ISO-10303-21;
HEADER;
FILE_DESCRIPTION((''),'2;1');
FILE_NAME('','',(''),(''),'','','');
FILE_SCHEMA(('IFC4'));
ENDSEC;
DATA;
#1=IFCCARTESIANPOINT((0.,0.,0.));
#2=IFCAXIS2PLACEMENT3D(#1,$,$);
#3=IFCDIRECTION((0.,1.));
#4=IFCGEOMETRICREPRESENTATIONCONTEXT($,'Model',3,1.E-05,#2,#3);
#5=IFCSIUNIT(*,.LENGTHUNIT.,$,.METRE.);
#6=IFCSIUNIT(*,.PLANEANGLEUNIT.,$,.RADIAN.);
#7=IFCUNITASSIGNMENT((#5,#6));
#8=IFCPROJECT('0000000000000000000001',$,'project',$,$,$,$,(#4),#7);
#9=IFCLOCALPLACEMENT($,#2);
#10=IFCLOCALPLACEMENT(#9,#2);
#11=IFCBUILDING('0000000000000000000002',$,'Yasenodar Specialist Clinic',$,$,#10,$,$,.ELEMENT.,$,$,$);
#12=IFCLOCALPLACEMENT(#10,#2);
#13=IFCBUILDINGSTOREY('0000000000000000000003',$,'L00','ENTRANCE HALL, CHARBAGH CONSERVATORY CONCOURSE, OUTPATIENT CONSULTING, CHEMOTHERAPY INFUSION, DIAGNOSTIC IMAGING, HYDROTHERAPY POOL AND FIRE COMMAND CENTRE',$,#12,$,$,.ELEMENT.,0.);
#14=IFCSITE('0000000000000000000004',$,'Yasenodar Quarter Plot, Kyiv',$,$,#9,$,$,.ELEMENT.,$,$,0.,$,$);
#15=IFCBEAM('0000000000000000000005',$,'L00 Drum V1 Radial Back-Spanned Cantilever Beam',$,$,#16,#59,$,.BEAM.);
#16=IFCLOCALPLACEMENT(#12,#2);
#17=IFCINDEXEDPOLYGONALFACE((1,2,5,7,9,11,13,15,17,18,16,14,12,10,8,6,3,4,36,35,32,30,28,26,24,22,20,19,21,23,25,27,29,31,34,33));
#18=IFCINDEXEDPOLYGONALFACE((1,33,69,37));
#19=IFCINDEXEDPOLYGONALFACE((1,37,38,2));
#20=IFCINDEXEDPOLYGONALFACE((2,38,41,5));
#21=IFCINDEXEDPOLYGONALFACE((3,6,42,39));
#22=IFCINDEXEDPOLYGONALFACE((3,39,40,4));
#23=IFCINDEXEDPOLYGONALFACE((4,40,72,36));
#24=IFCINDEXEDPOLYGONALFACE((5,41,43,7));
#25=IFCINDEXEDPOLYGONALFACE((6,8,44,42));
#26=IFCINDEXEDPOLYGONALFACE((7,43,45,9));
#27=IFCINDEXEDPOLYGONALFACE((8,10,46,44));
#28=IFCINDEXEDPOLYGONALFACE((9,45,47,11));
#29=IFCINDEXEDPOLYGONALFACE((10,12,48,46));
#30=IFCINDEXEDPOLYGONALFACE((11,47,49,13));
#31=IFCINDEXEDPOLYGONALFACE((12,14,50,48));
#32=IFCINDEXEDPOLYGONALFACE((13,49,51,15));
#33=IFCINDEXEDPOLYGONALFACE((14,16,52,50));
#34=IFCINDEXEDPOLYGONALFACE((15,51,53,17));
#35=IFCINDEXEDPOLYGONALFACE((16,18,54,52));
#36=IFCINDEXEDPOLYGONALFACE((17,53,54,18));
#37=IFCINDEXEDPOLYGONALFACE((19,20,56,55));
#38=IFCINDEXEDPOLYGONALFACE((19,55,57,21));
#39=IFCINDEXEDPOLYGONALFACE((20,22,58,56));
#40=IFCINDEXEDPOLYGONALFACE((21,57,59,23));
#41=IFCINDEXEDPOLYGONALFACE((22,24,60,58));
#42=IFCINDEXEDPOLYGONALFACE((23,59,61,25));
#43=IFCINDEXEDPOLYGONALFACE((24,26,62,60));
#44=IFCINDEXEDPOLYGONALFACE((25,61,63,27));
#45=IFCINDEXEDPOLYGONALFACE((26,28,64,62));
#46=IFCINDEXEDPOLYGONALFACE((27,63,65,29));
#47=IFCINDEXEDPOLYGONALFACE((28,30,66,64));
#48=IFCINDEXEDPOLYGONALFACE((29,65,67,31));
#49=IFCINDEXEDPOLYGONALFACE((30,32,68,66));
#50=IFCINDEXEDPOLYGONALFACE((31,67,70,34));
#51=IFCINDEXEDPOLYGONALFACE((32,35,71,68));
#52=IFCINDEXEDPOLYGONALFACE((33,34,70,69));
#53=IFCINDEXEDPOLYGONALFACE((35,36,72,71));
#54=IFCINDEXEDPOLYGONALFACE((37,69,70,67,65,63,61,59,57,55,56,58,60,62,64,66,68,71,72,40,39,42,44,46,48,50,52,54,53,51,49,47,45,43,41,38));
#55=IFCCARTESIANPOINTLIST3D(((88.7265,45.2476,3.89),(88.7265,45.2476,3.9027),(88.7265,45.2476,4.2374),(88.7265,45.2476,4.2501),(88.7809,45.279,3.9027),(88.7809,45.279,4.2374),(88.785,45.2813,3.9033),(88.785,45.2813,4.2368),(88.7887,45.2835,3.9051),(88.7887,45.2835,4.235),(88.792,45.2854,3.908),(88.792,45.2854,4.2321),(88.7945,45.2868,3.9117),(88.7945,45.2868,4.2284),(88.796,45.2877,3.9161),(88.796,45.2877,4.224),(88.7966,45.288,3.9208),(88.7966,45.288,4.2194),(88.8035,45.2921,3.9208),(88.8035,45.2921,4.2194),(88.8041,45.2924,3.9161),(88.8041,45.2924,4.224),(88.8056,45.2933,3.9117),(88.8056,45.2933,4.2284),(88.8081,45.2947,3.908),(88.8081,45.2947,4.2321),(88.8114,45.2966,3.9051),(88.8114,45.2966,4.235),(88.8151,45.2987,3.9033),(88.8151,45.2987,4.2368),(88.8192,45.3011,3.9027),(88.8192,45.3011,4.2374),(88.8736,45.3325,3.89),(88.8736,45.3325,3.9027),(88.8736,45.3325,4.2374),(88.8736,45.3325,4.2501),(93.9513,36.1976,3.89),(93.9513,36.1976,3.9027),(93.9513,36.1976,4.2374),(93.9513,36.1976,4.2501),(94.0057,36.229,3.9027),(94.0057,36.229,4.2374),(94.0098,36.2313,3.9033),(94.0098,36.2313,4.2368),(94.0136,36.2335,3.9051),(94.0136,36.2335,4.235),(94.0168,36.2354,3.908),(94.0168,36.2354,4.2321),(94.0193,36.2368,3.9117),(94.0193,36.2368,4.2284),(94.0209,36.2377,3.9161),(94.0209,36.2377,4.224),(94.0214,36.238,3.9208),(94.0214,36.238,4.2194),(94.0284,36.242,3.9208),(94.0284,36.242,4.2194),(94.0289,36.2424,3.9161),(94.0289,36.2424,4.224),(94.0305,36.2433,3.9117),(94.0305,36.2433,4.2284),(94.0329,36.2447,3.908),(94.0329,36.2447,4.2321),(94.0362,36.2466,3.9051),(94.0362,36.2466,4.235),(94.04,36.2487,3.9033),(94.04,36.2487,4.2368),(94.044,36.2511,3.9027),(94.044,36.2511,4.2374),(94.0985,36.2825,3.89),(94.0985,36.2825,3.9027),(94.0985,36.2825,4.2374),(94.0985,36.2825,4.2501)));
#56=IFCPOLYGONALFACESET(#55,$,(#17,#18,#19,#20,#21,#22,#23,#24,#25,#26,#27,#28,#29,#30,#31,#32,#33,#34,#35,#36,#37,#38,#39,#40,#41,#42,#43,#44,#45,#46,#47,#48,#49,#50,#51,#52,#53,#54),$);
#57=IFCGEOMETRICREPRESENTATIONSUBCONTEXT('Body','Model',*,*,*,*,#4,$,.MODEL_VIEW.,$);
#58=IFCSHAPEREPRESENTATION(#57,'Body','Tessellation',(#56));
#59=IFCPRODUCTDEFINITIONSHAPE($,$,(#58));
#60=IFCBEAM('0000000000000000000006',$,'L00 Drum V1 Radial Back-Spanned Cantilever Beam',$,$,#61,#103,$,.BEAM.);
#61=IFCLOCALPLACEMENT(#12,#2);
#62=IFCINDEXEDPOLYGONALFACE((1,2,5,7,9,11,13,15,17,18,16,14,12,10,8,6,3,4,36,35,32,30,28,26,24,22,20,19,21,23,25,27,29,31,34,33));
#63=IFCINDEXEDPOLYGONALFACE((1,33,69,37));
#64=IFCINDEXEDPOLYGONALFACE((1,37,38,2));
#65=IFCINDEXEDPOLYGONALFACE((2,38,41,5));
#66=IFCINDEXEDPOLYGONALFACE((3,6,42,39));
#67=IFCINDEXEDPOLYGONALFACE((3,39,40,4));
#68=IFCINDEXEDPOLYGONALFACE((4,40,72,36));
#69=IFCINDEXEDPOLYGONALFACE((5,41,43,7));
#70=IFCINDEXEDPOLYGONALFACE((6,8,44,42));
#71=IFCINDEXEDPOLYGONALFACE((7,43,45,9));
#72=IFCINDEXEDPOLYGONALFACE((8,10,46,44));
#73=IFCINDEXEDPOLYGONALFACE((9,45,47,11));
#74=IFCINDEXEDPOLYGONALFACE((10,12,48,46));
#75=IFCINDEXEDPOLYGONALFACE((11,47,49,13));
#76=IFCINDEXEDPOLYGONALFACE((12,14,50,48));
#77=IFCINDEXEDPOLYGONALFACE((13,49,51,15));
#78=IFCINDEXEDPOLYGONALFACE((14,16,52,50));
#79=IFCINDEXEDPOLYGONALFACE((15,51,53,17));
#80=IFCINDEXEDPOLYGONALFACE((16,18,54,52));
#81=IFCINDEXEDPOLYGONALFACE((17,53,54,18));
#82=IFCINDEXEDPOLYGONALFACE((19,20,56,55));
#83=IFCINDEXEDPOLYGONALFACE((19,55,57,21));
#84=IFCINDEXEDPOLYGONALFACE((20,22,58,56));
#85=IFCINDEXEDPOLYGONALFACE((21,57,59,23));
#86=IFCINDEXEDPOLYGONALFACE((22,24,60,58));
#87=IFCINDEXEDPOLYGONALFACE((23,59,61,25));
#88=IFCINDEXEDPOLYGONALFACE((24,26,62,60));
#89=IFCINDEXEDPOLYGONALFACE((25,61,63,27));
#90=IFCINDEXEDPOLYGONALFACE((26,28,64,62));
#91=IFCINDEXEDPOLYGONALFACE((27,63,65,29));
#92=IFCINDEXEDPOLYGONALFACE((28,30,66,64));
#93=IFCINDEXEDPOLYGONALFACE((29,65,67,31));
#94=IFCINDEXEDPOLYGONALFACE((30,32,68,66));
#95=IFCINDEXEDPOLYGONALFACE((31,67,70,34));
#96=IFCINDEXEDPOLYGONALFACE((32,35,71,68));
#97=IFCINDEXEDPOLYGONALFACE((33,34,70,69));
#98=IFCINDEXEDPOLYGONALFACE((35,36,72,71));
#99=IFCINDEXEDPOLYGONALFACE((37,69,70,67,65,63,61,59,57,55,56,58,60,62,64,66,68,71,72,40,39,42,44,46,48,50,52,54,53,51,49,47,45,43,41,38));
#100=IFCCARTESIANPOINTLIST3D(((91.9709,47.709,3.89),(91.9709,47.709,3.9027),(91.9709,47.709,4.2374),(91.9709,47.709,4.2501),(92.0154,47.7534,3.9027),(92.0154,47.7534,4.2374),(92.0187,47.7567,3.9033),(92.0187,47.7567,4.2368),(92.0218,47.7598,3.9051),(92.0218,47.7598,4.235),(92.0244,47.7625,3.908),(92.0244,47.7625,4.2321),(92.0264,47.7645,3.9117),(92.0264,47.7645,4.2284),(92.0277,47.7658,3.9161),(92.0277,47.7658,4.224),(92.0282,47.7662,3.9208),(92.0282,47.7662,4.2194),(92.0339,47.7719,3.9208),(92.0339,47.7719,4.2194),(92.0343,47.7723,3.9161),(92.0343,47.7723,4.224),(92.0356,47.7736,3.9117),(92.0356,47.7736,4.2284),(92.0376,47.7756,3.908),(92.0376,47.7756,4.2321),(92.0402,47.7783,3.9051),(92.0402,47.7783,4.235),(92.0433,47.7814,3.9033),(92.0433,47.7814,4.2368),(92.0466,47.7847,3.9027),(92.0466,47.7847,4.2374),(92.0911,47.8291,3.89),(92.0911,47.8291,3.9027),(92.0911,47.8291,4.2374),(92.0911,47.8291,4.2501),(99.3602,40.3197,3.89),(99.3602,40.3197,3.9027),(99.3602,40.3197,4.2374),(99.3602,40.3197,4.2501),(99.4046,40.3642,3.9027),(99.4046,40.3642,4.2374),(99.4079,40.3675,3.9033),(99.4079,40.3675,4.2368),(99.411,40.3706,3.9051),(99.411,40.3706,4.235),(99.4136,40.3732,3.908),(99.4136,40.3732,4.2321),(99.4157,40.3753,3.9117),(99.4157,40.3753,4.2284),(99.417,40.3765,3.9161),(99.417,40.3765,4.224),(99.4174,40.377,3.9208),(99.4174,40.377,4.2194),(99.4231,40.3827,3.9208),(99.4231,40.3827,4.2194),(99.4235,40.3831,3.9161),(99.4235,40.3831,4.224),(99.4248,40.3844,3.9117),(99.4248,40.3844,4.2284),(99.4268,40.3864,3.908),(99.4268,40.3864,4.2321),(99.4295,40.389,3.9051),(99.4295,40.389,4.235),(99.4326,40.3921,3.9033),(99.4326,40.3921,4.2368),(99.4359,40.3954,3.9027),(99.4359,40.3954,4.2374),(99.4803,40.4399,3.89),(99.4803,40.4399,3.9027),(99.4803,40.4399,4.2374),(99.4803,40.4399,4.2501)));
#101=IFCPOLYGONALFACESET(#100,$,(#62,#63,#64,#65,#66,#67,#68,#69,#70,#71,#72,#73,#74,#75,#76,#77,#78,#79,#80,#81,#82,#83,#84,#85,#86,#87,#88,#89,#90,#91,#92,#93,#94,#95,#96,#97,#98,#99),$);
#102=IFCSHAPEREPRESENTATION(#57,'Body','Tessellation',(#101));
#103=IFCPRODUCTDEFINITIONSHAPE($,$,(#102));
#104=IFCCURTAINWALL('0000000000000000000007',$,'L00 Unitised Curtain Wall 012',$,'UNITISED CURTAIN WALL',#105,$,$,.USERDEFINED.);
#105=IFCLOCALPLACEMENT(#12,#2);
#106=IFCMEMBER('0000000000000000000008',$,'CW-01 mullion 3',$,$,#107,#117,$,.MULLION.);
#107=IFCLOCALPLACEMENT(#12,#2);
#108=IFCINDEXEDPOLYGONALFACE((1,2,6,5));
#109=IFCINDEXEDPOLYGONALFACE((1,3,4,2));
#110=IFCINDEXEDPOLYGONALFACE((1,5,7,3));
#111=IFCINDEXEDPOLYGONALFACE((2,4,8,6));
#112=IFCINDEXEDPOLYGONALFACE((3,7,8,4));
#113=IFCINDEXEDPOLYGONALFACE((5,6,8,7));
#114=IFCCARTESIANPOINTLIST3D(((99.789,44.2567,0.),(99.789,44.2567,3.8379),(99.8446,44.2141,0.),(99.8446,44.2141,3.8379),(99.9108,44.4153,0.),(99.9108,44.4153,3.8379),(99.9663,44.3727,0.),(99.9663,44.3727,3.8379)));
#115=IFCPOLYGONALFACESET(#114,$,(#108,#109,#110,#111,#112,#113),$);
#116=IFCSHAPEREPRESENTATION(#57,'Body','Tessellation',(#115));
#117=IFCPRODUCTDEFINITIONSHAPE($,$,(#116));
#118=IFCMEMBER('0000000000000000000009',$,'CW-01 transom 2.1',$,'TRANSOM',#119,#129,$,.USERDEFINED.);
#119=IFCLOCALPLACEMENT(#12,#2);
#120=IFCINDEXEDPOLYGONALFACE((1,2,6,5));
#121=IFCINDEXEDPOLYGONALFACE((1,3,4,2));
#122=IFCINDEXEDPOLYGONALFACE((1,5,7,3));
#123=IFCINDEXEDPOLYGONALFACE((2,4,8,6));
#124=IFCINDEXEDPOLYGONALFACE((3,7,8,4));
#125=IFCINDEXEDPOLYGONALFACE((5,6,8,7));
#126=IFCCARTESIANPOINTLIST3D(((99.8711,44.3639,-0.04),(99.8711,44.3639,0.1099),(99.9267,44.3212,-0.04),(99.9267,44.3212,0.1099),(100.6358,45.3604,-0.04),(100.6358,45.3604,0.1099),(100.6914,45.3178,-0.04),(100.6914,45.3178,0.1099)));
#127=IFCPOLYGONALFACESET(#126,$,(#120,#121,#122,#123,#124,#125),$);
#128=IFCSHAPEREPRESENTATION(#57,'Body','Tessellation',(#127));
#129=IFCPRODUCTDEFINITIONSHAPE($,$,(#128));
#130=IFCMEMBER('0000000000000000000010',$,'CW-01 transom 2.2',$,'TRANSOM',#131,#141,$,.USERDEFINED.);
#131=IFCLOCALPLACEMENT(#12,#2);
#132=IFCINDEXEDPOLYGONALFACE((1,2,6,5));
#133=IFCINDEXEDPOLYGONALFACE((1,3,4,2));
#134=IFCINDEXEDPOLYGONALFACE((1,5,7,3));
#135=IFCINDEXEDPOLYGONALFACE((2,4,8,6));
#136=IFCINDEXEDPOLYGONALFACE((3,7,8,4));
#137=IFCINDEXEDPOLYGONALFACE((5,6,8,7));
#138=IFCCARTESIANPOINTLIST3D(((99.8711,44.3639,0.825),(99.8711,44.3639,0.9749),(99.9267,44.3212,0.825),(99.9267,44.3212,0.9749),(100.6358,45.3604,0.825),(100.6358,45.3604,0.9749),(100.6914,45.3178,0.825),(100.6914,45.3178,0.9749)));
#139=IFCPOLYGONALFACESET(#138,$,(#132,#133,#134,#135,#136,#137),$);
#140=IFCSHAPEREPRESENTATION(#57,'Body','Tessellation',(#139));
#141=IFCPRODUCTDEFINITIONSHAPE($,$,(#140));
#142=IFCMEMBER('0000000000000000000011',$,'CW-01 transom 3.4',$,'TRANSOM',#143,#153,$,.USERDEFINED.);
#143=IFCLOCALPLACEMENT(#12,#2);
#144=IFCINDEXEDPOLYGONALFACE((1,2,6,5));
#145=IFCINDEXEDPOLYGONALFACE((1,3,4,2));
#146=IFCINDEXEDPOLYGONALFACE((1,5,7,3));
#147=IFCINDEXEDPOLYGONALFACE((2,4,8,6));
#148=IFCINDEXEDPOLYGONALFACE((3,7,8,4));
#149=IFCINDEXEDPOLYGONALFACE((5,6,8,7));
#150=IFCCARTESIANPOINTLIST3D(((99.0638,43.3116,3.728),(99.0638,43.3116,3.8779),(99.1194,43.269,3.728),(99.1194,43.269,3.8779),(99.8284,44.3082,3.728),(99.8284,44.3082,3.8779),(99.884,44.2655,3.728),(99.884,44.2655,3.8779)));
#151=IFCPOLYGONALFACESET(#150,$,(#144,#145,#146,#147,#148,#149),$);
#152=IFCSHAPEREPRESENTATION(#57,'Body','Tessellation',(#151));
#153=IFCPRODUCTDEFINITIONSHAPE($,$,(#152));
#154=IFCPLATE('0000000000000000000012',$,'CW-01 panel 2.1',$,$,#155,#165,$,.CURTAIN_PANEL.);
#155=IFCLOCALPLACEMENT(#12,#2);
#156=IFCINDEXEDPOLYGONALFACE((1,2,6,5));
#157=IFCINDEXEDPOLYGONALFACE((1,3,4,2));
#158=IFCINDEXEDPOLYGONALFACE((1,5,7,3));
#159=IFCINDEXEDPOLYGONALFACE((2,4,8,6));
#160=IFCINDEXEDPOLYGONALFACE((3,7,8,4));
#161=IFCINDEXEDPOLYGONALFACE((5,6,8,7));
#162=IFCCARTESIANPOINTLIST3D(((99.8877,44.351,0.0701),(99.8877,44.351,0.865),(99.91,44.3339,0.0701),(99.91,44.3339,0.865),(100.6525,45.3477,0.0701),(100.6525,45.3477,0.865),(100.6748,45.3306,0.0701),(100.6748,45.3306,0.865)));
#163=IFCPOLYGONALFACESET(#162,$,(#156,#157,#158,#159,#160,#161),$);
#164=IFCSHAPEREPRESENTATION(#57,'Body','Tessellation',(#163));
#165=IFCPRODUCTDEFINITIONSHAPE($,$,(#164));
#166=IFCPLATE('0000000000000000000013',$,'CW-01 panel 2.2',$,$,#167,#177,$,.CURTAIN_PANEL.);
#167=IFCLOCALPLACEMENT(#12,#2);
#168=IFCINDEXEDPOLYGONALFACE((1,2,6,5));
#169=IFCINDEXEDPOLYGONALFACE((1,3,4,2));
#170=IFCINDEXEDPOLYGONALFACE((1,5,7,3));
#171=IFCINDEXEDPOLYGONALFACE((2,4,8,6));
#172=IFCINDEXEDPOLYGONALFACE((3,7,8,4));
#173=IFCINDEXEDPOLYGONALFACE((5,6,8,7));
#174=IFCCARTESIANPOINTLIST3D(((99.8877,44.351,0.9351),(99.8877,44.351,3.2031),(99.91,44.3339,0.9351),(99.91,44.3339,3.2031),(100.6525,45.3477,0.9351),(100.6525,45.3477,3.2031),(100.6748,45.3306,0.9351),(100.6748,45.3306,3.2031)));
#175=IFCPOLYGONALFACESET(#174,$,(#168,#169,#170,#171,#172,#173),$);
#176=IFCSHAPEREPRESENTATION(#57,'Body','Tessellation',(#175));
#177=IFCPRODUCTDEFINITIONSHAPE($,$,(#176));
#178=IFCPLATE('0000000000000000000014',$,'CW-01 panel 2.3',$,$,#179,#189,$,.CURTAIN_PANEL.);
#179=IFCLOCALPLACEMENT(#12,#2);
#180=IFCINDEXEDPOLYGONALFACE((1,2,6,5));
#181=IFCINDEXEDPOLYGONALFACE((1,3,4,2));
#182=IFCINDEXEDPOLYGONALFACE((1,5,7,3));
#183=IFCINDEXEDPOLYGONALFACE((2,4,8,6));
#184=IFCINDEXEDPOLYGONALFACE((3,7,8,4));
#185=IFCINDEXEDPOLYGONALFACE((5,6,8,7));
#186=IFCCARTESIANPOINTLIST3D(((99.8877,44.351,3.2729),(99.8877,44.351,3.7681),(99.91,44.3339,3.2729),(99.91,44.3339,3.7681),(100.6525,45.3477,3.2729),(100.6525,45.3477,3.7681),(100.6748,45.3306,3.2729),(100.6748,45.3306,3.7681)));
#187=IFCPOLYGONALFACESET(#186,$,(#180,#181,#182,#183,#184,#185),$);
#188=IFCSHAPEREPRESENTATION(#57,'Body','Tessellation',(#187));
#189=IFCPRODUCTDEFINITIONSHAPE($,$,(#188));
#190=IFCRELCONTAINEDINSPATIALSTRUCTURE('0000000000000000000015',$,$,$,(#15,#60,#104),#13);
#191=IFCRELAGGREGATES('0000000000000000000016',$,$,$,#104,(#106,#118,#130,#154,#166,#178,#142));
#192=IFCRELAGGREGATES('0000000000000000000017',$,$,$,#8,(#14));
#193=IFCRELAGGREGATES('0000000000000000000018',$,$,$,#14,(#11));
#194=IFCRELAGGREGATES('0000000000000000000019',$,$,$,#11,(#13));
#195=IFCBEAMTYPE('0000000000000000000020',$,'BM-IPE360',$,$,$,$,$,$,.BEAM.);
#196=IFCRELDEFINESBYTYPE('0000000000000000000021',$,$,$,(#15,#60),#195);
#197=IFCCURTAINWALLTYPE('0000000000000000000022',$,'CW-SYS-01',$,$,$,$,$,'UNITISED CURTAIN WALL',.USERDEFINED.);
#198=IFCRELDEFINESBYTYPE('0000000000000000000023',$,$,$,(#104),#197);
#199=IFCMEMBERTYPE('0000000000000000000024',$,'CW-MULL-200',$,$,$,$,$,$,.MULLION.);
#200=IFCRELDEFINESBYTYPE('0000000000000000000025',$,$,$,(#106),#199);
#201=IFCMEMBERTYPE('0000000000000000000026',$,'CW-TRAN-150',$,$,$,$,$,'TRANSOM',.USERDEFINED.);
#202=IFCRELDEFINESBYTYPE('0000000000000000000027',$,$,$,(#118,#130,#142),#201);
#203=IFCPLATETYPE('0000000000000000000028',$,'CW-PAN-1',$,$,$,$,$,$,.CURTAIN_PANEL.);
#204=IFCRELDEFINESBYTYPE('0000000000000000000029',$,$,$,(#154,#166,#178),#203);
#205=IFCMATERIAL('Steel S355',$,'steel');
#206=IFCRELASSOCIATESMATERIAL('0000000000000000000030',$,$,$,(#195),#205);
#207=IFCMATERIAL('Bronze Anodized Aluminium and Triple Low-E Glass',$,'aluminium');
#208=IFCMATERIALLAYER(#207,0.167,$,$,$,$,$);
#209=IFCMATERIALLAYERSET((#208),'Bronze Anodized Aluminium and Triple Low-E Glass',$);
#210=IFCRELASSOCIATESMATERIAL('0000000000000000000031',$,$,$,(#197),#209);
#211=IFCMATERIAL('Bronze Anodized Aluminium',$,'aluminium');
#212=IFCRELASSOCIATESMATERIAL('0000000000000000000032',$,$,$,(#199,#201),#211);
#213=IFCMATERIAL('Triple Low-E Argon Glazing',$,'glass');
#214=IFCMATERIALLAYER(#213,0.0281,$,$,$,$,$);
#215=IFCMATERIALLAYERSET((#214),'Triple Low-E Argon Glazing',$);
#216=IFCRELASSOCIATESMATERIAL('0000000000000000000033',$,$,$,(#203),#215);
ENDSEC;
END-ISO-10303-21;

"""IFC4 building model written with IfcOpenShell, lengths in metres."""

from ifc_helpers import new_model, si_unit, direction, frame, origin, origin_2d, place, context, subcontext, project, spatial, rectangle, i_section, extrude, material, layer, layer_set, material_profile, profile_set, type_object, element, aggregate, save


model = new_model("IFC4")

# Units and contexts
model_context = context("Model", 3, precision=1e-05, world=origin(), true_north=direction((0.0, 1.0)))
body_context = subcontext(model_context, "Body", "Model", "MODEL_VIEW")
ifc_project = project(units=[si_unit("LENGTHUNIT", "METRE"), si_unit("PLANEANGLEUNIT", "RADIAN")], contexts=[model_context])

# Site, building, storey
site_placement = place(None, origin())
site = spatial("IfcSite", under=ifc_project, at=site_placement, Name="Yasenodar Quarter Plot, Kyiv", CompositionType="ELEMENT", RefElevation=0.0)
building_placement = place(site_placement, origin())
building = spatial("IfcBuilding", under=site, at=building_placement, Name="Yasenodar Specialist Clinic", CompositionType="ELEMENT")
storey_placement = place(building_placement, origin())
storey = spatial("IfcBuildingStorey", under=building, at=storey_placement, Name="L00", Description="ENTRANCE HALL, CHARBAGH CONSERVATORY CONCOURSE, OUTPATIENT CONSULTING, CHEMOTHERAPY INFUSION, DIAGNOSTIC IMAGING, HYDROTHERAPY POOL AND FIRE COMMAND CENTRE", CompositionType="ELEMENT", Elevation=0.0)

# Shared definitions
ifc_material_1 = material(Name="Steel S355", Category="steel")

# Beams
ifc_material_profile_1 = material_profile(ifc_material_1, i_section(OverallWidth=0.1699, OverallDepth=0.3601, WebThickness=0.0081, FlangeThickness=0.0127, FilletRadius=0.0181, at=origin_2d()), Name="IPE 360")
ifc_profile_set_1 = profile_set([ifc_material_profile_1], Name="Steel S355")
beam_type_1 = type_object("IfcBeamType", Name="BM-IPE360", PredefinedType="BEAM", material=ifc_profile_set_1)
for number, where, z_axis, x_axis, name in (
    (1, (88.8, 45.29, 4.0701), (0.499986, -0.866033, 0.0), (0.866033, 0.499986, 0.0), "L00 Drum V1 Radial Back-Spanned Cantilever Beam"),
    (2, (92.031, 47.769, 4.0701), (0.707107, -0.707107, 0.0), (0.707107, 0.707107, 0.0), "L00 Drum V1 Radial Back-Spanned Cantilever Beam"),
):
    element("IfcBeam", number, at=place(storey_placement, frame(where, z_axis=z_axis, x_axis=x_axis)), inside=storey, type_object=beam_type_1, Name=name, PredefinedType="BEAM", context=body_context, shape_type="SweptSolid", body=[
        extrude(i_section(OverallWidth=0.1699, OverallDepth=0.3601, WebThickness=0.0081, FlangeThickness=0.0127, FilletRadius=0.0181, at=origin_2d()), origin(), (0.0, 0.0, 1.0), 10.45),
    ])

# Curtain wall, members, plates
ifc_material_2 = material(Name="Bronze Anodized Aluminium and Triple Low-E Glass", Category="aluminium")
ifc_layer_1 = layer(ifc_material_2, 0.167)
ifc_layer_set_1 = layer_set([ifc_layer_1], Name="Bronze Anodized Aluminium and Triple Low-E Glass")
curtain_wall_type = type_object("IfcCurtainWallType", Name="CW-SYS-01", ElementType="UNITISED CURTAIN WALL", PredefinedType="USERDEFINED", material=ifc_layer_set_1)
curtain_wall_placement = place(storey_placement, origin())
curtain_wall = element("IfcCurtainWall", 3, at=curtain_wall_placement, inside=storey, type_object=curtain_wall_type, Name="L00 Unitised Curtain Wall 012", ObjectType="UNITISED CURTAIN WALL", PredefinedType="USERDEFINED")
ifc_material_3 = material(Name="Bronze Anodized Aluminium", Category="aluminium")
ifc_material_profile_2 = material_profile(ifc_material_3, rectangle(XDim=0.0701, YDim=0.2, at=origin_2d()), Name="CW-MULL 70x200")
ifc_profile_set_2 = profile_set([ifc_material_profile_2], Name="Bronze Anodized Aluminium")
member_type_1 = type_object("IfcMemberType", Name="CW-MULL-200", PredefinedType="MULLION", material=ifc_profile_set_2)
member_1_placement = place(storey_placement, frame((99.8777, 44.3147, 0.0), z_axis=(0.0, 0.0, 1.0), x_axis=(0.793361, -0.608752, 0.0)))
member_1 = element("IfcMember", 4, at=member_1_placement, type_object=member_type_1, Name="CW-01 mullion 3", PredefinedType="MULLION", context=body_context, shape_type="SweptSolid", body=[
    extrude(rectangle(XDim=0.0701, YDim=0.2, at=origin_2d()), origin(), (0.0, 0.0, 1.0), 3.8379),
])
ifc_material_profile_3 = material_profile(ifc_material_3, rectangle(XDim=0.0701, YDim=0.1499, at=origin_2d()), Name="CW-TRAN 70x150")
ifc_profile_set_3 = profile_set([ifc_material_profile_3], Name="Bronze Anodized Aluminium")
member_type_2 = type_object("IfcMemberType", Name="CW-TRAN-150", ElementType="TRANSOM", PredefinedType="USERDEFINED", material=ifc_profile_set_3)
member_2_placement = place(storey_placement, frame((100.6636, 45.3391, 0.0349), z_axis=(-0.608733, -0.793375, 0.0), x_axis=(0.793375, -0.608733, 0.0)))
member_2 = element("IfcMember", 5, at=member_2_placement, type_object=member_type_2, Name="CW-01 transom 2.1", ObjectType="TRANSOM", PredefinedType="USERDEFINED", context=body_context, shape_type="SweptSolid", body=[
    extrude(rectangle(XDim=0.0701, YDim=0.1499, at=origin_2d()), origin(), (0.0, 0.0, 1.0), 1.2561),
])
member_3_placement = place(storey_placement, frame((100.6636, 45.3391, 0.8999), z_axis=(-0.608733, -0.793375, 0.0), x_axis=(0.793375, -0.608733, 0.0)))
member_3 = element("IfcMember", 6, at=member_3_placement, type_object=member_type_2, Name="CW-01 transom 2.2", ObjectType="TRANSOM", PredefinedType="USERDEFINED", context=body_context, shape_type="SweptSolid", body=[
    extrude(rectangle(XDim=0.0701, YDim=0.1499, at=origin_2d()), origin(), (0.0, 0.0, 1.0), 1.2561),
])
member_4_placement = place(storey_placement, frame((99.8562, 44.2869, 3.803), z_axis=(-0.608733, -0.793375, 0.0), x_axis=(0.793375, -0.608733, 0.0)))
member_4 = element("IfcMember", 7, at=member_4_placement, type_object=member_type_2, Name="CW-01 transom 3.4", ObjectType="TRANSOM", PredefinedType="USERDEFINED", context=body_context, shape_type="SweptSolid", body=[
    extrude(rectangle(XDim=0.0701, YDim=0.1499, at=origin_2d()), origin(), (0.0, 0.0, 1.0), 1.2561),
])
ifc_material_4 = material(Name="Triple Low-E Argon Glazing", Category="glass")
ifc_layer_2 = layer(ifc_material_4, 0.0281)
ifc_layer_set_2 = layer_set([ifc_layer_2], Name="Triple Low-E Argon Glazing")
plate_type = type_object("IfcPlateType", Name="CW-PAN-1", PredefinedType="CURTAIN_PANEL", material=ifc_layer_set_2)
plate_1_placement = place(storey_placement, frame((100.2812, 44.8408, 0.0701), z_axis=(0.0, 0.0, 1.0), x_axis=(-0.608752, -0.793361, 0.0)))
plate_1 = element("IfcPlate", 8, at=plate_1_placement, type_object=plate_type, Name="CW-01 panel 2.1", PredefinedType="CURTAIN_PANEL", context=body_context, shape_type="SweptSolid", body=[
    extrude(rectangle(XDim=1.2563, YDim=0.0281, at=origin_2d()), origin(), (0.0, 0.0, 1.0), 0.7949),
])
plate_2_placement = place(storey_placement, frame((100.2812, 44.8408, 0.9351), z_axis=(0.0, 0.0, 1.0), x_axis=(-0.608752, -0.793361, 0.0)))
plate_2 = element("IfcPlate", 9, at=plate_2_placement, type_object=plate_type, Name="CW-01 panel 2.2", PredefinedType="CURTAIN_PANEL", context=body_context, shape_type="SweptSolid", body=[
    extrude(rectangle(XDim=1.2563, YDim=0.0281, at=origin_2d()), origin(), (0.0, 0.0, 1.0), 2.2681),
])
plate_3_placement = place(storey_placement, frame((100.2812, 44.8408, 3.2729), z_axis=(0.0, 0.0, 1.0), x_axis=(-0.608752, -0.793361, 0.0)))
plate_3 = element("IfcPlate", 10, at=plate_3_placement, type_object=plate_type, Name="CW-01 panel 2.3", PredefinedType="CURTAIN_PANEL", context=body_context, shape_type="SweptSolid", body=[
    extrude(rectangle(XDim=1.2563, YDim=0.0281, at=origin_2d()), origin(), (0.0, 0.0, 1.0), 0.4951),
])
aggregate(curtain_wall, [member_1, member_2, member_3, plate_1, plate_2, plate_3, member_4])

save(model, "model.ifc")
